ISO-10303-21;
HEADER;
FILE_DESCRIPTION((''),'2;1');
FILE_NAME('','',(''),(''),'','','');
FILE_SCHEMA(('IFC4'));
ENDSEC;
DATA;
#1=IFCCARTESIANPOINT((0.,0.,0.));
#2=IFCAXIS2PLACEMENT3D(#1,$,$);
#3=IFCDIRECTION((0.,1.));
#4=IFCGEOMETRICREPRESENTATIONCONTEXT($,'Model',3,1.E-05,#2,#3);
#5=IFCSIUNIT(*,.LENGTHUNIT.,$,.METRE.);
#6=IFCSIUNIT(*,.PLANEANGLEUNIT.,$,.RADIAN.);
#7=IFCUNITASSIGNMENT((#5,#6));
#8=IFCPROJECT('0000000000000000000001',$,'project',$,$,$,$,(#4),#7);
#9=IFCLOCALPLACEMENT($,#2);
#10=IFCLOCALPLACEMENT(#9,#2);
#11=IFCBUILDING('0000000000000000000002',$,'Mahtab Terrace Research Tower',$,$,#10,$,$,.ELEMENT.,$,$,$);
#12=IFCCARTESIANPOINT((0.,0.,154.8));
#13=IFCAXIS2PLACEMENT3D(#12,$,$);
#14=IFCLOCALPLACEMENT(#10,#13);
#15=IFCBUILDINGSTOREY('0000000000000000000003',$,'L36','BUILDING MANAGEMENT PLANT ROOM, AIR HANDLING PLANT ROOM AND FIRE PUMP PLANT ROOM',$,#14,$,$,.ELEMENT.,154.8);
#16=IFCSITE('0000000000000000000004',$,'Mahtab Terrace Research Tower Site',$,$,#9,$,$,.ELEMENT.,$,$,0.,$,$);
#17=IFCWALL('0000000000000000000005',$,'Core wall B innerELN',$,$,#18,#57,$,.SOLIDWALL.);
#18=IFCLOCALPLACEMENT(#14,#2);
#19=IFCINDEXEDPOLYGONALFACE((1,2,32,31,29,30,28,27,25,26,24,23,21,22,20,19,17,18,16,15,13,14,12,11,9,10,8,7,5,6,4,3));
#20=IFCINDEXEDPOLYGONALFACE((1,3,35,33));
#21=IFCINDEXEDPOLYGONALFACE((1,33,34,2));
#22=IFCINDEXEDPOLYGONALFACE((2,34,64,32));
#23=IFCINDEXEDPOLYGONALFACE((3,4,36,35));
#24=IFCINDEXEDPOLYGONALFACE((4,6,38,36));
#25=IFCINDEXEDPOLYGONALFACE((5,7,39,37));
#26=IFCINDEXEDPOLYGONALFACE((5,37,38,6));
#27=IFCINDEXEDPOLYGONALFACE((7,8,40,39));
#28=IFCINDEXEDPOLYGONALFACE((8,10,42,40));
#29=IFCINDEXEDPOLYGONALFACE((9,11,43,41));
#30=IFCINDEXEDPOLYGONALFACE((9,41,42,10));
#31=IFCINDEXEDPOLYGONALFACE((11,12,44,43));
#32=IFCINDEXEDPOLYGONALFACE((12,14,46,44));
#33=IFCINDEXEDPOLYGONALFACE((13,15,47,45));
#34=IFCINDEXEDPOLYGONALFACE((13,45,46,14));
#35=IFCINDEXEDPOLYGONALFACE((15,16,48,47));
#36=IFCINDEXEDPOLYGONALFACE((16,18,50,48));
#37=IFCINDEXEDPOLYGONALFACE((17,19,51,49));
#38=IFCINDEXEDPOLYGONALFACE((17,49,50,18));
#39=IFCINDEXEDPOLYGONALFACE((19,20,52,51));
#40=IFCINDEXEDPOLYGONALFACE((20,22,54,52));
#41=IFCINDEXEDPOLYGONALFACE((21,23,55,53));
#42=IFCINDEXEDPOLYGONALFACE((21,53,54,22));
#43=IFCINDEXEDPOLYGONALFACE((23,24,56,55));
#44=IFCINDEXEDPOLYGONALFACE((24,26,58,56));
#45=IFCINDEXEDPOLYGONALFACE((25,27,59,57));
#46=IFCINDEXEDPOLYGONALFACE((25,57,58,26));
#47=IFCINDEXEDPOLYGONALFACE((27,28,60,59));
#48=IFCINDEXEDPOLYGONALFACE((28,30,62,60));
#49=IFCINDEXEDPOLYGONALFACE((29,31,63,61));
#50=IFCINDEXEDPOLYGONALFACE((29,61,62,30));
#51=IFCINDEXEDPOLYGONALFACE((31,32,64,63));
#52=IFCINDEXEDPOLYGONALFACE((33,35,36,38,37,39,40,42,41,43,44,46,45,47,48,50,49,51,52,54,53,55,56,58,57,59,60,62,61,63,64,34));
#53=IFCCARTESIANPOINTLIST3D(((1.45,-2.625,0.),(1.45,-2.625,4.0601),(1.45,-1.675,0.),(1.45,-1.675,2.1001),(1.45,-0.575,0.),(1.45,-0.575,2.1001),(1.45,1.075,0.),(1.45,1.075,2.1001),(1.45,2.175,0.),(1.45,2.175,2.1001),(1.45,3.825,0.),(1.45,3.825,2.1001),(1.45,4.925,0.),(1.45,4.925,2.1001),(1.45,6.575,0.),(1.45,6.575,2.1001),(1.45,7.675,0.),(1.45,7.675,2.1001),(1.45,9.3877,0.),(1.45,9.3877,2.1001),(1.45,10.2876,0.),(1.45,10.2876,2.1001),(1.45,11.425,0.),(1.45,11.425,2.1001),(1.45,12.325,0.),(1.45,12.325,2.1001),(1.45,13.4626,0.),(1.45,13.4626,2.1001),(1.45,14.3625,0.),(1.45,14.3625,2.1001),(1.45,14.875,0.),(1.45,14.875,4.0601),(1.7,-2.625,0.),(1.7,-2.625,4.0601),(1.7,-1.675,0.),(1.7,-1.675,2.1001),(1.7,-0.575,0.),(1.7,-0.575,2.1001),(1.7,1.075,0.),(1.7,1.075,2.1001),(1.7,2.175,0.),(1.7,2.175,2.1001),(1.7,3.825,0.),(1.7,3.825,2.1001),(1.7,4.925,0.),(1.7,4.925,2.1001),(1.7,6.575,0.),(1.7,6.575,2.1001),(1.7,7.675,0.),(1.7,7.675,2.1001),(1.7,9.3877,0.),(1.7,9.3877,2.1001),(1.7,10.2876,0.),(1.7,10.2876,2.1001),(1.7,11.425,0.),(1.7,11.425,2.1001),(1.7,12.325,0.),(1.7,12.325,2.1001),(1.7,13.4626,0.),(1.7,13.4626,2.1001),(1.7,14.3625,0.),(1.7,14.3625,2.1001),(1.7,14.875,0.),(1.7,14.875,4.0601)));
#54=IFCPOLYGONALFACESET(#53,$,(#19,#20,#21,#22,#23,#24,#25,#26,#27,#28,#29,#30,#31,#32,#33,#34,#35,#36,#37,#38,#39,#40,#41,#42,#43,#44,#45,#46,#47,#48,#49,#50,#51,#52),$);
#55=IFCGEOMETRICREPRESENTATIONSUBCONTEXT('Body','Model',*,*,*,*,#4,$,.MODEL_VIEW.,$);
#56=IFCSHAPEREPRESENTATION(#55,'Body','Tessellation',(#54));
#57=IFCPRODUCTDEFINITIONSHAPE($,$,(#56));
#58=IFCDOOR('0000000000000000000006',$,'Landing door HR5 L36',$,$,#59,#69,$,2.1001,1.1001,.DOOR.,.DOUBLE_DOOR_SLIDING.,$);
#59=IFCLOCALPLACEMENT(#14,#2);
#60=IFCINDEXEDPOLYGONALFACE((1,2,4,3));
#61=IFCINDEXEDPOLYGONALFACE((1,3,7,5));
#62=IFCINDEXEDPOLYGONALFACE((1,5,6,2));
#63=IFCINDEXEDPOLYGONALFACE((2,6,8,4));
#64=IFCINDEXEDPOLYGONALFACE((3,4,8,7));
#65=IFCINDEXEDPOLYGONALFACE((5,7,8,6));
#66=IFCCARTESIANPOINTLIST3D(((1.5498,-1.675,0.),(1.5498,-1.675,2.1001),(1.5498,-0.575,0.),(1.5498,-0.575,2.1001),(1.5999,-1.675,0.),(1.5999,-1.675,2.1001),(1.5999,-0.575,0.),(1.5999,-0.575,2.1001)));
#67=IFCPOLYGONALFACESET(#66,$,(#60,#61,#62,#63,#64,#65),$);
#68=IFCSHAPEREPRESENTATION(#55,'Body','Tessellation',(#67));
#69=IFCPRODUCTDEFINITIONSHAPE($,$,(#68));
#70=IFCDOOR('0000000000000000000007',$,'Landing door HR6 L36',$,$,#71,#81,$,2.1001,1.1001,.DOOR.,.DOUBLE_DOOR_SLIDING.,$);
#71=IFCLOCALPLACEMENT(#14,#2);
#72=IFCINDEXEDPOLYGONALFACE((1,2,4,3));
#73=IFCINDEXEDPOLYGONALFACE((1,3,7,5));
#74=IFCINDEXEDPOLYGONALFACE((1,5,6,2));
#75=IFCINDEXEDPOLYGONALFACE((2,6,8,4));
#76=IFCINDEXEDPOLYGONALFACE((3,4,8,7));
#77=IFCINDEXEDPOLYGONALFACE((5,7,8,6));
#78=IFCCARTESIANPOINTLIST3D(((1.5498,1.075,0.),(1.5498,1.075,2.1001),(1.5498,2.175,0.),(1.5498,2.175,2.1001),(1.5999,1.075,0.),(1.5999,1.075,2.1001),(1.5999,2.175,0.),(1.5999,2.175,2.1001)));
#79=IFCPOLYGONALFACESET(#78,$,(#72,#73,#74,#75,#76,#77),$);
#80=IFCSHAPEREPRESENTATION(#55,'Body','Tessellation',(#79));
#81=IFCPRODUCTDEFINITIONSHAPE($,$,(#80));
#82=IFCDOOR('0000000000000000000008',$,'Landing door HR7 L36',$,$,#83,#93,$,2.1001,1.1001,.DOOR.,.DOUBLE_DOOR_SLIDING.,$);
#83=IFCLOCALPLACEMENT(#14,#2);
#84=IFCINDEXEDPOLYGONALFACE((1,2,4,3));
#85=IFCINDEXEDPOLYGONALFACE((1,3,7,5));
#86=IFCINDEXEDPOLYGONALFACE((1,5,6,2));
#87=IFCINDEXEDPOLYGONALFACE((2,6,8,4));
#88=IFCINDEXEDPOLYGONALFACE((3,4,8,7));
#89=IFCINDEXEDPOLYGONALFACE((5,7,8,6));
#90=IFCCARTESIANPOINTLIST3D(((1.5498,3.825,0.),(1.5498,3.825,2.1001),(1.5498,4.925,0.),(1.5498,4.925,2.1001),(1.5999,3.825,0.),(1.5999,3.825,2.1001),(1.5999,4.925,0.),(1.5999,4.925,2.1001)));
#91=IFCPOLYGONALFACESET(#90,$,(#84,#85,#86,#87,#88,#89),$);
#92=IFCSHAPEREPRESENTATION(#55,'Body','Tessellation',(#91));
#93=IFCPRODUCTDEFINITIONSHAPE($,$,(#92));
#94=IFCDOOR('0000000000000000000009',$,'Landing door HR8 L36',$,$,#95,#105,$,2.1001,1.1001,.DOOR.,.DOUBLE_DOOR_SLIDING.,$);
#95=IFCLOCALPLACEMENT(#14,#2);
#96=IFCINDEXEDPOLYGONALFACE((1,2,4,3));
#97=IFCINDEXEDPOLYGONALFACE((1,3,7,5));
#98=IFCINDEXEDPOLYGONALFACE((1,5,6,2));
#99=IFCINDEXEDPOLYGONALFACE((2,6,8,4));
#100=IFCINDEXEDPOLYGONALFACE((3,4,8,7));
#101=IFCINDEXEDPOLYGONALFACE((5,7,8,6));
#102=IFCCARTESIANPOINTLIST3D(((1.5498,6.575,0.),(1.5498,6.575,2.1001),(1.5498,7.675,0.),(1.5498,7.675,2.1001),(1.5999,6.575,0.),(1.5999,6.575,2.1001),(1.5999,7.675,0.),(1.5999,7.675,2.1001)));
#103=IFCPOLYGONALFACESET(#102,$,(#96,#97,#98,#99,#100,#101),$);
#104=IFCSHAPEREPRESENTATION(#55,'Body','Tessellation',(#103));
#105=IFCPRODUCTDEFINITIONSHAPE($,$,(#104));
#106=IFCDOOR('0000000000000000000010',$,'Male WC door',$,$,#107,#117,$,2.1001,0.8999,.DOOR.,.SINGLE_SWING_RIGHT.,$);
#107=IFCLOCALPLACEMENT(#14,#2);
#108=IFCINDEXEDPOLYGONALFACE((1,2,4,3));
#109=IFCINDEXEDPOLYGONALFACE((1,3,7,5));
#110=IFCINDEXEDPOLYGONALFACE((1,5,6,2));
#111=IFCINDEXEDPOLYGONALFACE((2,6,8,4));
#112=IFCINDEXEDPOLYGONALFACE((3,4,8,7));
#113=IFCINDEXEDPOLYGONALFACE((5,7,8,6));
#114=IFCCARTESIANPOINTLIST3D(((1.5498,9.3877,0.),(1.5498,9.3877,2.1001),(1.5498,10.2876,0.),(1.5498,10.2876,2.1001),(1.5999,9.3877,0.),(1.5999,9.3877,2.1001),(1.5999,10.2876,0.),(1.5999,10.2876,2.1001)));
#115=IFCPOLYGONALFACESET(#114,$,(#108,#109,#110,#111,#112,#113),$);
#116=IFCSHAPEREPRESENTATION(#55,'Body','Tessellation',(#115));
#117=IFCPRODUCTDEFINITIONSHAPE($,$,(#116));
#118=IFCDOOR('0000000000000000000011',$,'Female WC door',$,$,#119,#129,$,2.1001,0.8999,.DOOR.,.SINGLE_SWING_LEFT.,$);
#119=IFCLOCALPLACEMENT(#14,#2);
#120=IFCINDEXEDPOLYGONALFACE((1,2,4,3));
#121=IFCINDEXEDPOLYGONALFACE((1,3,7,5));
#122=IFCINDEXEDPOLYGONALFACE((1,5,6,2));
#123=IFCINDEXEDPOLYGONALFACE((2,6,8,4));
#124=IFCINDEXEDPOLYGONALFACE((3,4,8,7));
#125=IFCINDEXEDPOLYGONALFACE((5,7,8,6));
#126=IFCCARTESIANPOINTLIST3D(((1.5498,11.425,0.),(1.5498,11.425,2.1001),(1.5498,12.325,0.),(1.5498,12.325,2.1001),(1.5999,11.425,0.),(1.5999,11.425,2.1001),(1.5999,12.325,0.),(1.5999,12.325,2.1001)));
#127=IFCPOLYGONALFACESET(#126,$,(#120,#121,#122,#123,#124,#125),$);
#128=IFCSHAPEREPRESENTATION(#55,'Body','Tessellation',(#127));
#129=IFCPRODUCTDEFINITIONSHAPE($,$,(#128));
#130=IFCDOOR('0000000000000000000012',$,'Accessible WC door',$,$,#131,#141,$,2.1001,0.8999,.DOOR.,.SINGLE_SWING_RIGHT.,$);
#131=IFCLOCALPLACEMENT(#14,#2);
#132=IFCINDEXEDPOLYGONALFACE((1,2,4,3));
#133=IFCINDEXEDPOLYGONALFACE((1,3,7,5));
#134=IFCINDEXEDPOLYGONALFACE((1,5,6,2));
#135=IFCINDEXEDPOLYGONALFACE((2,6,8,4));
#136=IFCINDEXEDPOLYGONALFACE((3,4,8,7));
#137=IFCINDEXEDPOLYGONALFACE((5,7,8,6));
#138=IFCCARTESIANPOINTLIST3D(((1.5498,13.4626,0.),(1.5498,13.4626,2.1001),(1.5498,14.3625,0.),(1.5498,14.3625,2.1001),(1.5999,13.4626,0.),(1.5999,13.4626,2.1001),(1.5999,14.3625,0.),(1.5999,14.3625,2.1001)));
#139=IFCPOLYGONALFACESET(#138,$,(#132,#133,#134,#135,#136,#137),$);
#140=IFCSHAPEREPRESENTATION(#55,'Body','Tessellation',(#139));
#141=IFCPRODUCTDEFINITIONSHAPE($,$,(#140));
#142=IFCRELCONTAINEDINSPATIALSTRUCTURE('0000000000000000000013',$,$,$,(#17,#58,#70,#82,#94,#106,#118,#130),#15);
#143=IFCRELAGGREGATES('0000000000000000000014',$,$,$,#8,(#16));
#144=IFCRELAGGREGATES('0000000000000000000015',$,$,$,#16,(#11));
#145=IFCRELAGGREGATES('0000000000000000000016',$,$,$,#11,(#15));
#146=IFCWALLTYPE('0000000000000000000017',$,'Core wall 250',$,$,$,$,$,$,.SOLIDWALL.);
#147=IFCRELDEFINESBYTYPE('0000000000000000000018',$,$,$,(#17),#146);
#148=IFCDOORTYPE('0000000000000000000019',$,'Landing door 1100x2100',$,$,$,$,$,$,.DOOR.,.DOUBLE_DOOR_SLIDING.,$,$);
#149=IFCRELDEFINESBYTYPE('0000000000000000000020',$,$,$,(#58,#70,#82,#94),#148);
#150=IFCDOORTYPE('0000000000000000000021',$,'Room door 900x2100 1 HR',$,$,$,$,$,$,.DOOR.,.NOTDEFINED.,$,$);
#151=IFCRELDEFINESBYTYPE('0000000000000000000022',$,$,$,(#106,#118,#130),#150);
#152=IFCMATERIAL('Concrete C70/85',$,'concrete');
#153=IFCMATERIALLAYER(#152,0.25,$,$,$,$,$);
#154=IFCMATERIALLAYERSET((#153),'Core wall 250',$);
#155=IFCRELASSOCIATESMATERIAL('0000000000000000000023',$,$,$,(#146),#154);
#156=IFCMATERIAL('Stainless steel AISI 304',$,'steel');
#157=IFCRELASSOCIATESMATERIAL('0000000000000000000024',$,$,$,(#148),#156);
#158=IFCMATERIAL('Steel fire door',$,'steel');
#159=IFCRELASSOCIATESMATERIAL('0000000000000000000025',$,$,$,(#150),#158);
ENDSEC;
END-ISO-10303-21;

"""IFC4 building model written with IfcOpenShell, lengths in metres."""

from ifc_helpers import new_model, si_unit, direction, frame, frame_2d, origin, place, context, subcontext, project, spatial, rectangle, extrude, material, layer, layer_set, type_object, element, fill, save


model = new_model("IFC4")

# Units and contexts
model_context = context("Model", 3, precision=1e-05, world=origin(), true_north=direction((0.0, 1.0)))
body_context = subcontext(model_context, "Body", "Model", "MODEL_VIEW")
ifc_project = project(units=[si_unit("LENGTHUNIT", "METRE"), si_unit("PLANEANGLEUNIT", "RADIAN")], contexts=[model_context])

# Site, building, storey
site_placement = place(None, origin())
site = spatial("IfcSite", under=ifc_project, at=site_placement, Name="Mahtab Terrace Research Tower Site", CompositionType="ELEMENT", RefElevation=0.0)
building_placement = place(site_placement, origin())
building = spatial("IfcBuilding", under=site, at=building_placement, Name="Mahtab Terrace Research Tower", CompositionType="ELEMENT")
storey_placement = place(building_placement, frame((0.0, 0.0, 154.8)))
storey = spatial("IfcBuildingStorey", under=building, at=storey_placement, Name="L36", Description="BUILDING MANAGEMENT PLANT ROOM, AIR HANDLING PLANT ROOM AND FIRE PUMP PLANT ROOM", CompositionType="ELEMENT", Elevation=154.8)

# Shared definitions
ifc_material_1 = material(Name="Concrete C70/85", Category="concrete")

# Shared definitions
ifc_layer_1 = layer(ifc_material_1, 0.25)
ifc_layer_set_1 = layer_set([ifc_layer_1], Name="Core wall 250")
wall_type_1 = type_object("IfcWallType", Name="Core wall 250", PredefinedType="SOLIDWALL", material=ifc_layer_set_1)

# Shared definitions
ifc_material_2 = material(Name="Steel fire door", Category="steel")

# Wall, openings, doors
wall_1_placement = place(storey_placement, frame((1.575, 14.875, 0.0), z_axis=(0.0, 0.0, 1.0), x_axis=(0.0, -1.0, 0.0)))
wall_1 = element("IfcWall", 1, at=wall_1_placement, inside=storey, type_object=wall_type_1, Name="Core wall B innerELN", PredefinedType="SOLIDWALL", context=body_context, shape_type="SweptSolid", body=[
    extrude(rectangle(XDim=17.5, YDim=0.25, at=frame_2d((8.75, 0.0))), origin(), (0.0, 0.0, 1.0), 4.0601),
])
opening_1_placement = place(wall_1_placement, frame((15.45, 0.0, 0.0)))
opening_1 = element("IfcOpeningElement", 2, at=opening_1_placement, cuts=wall_1, PredefinedType="OPENING", context=body_context, shape_type="SweptSolid", body=[
    extrude(rectangle(XDim=1.1001, YDim=2.1001, at=frame_2d((0.55, 1.05))), frame((0.0, 0.135, 0.0), z_axis=(0.0, -1.0, 0.0), x_axis=(1.0, 0.0, 0.0)), (0.0, 0.0, 1.0), 0.27),
])
opening_2_placement = place(wall_1_placement, frame((12.7, 0.0, 0.0)))
opening_2 = element("IfcOpeningElement", 3, at=opening_2_placement, cuts=wall_1, PredefinedType="OPENING", context=body_context, shape_type="SweptSolid", body=[
    extrude(rectangle(XDim=1.1001, YDim=2.1001, at=frame_2d((0.55, 1.05))), frame((0.0, 0.135, 0.0), z_axis=(0.0, -1.0, 0.0), x_axis=(1.0, 0.0, 0.0)), (0.0, 0.0, 1.0), 0.27),
])
opening_3_placement = place(wall_1_placement, frame((9.95, 0.0, 0.0)))
opening_3 = element("IfcOpeningElement", 4, at=opening_3_placement, cuts=wall_1, PredefinedType="OPENING", context=body_context, shape_type="SweptSolid", body=[
    extrude(rectangle(XDim=1.1001, YDim=2.1001, at=frame_2d((0.55, 1.05))), frame((0.0, 0.135, 0.0), z_axis=(0.0, -1.0, 0.0), x_axis=(1.0, 0.0, 0.0)), (0.0, 0.0, 1.0), 0.27),
])
opening_4_placement = place(wall_1_placement, frame((7.2, 0.0, 0.0)))
opening_4 = element("IfcOpeningElement", 5, at=opening_4_placement, cuts=wall_1, PredefinedType="OPENING", context=body_context, shape_type="SweptSolid", body=[
    extrude(rectangle(XDim=1.1001, YDim=2.1001, at=frame_2d((0.55, 1.05))), frame((0.0, 0.135, 0.0), z_axis=(0.0, -1.0, 0.0), x_axis=(1.0, 0.0, 0.0)), (0.0, 0.0, 1.0), 0.27),
])
opening_5_placement = place(wall_1_placement, frame((4.5874, 0.0, 0.0)))
opening_5 = element("IfcOpeningElement", 6, at=opening_5_placement, cuts=wall_1, PredefinedType="OPENING", context=body_context, shape_type="SweptSolid", body=[
    extrude(rectangle(XDim=0.8999, YDim=2.1001, at=frame_2d((0.45, 1.05))), frame((0.0, 0.135, 0.0), z_axis=(0.0, -1.0, 0.0), x_axis=(1.0, 0.0, 0.0)), (0.0, 0.0, 1.0), 0.27),
])
opening_6_placement = place(wall_1_placement, frame((2.55, 0.0, 0.0)))
opening_6 = element("IfcOpeningElement", 7, at=opening_6_placement, cuts=wall_1, PredefinedType="OPENING", context=body_context, shape_type="SweptSolid", body=[
    extrude(rectangle(XDim=0.8999, YDim=2.1001, at=frame_2d((0.45, 1.05))), frame((0.0, 0.135, 0.0), z_axis=(0.0, -1.0, 0.0), x_axis=(1.0, 0.0, 0.0)), (0.0, 0.0, 1.0), 0.27),
])
opening_7_placement = place(wall_1_placement, frame((0.5125, 0.0, 0.0)))
opening_7 = element("IfcOpeningElement", 8, at=opening_7_placement, cuts=wall_1, PredefinedType="OPENING", context=body_context, shape_type="SweptSolid", body=[
    extrude(rectangle(XDim=0.8999, YDim=2.1001, at=frame_2d((0.45, 1.05))), frame((0.0, 0.135, 0.0), z_axis=(0.0, -1.0, 0.0), x_axis=(1.0, 0.0, 0.0)), (0.0, 0.0, 1.0), 0.27),
])
ifc_material_3 = material(Name="Stainless steel AISI 304", Category="steel")
door_type_1 = type_object("IfcDoorType", Name="Landing door 1100x2100", OperationType="DOUBLE_DOOR_SLIDING", PredefinedType="DOOR", material=ifc_material_3)
door_1_placement = place(opening_1_placement, origin())
door_1 = element("IfcDoor", 9, at=door_1_placement, inside=storey, type_object=door_type_1, Name="Landing door HR5 L36", OperationType="DOUBLE_DOOR_SLIDING", OverallHeight=2.1001, OverallWidth=1.1001, PredefinedType="DOOR", context=body_context, shape_type="SweptSolid", body=[
    extrude(rectangle(XDim=1.1001, YDim=2.1001, at=frame_2d((0.55, 1.05))), frame((0.0, 0.0249, 0.0), z_axis=(0.0, -1.0, 0.0), x_axis=(1.0, 0.0, 0.0)), (0.0, 0.0, 1.0), 0.05),
])
fill(opening_1, door_1)
door_2_placement = place(opening_2_placement, origin())
door_2 = element("IfcDoor", 10, at=door_2_placement, inside=storey, type_object=door_type_1, Name="Landing door HR6 L36", OperationType="DOUBLE_DOOR_SLIDING", OverallHeight=2.1001, OverallWidth=1.1001, PredefinedType="DOOR", context=body_context, shape_type="SweptSolid", body=[
    extrude(rectangle(XDim=1.1001, YDim=2.1001, at=frame_2d((0.55, 1.05))), frame((0.0, 0.0249, 0.0), z_axis=(0.0, -1.0, 0.0), x_axis=(1.0, 0.0, 0.0)), (0.0, 0.0, 1.0), 0.05),
])
fill(opening_2, door_2)
door_3_placement = place(opening_3_placement, origin())
door_3 = element("IfcDoor", 11, at=door_3_placement, inside=storey, type_object=door_type_1, Name="Landing door HR7 L36", OperationType="DOUBLE_DOOR_SLIDING", OverallHeight=2.1001, OverallWidth=1.1001, PredefinedType="DOOR", context=body_context, shape_type="SweptSolid", body=[
    extrude(rectangle(XDim=1.1001, YDim=2.1001, at=frame_2d((0.55, 1.05))), frame((0.0, 0.0249, 0.0), z_axis=(0.0, -1.0, 0.0), x_axis=(1.0, 0.0, 0.0)), (0.0, 0.0, 1.0), 0.05),
])
fill(opening_3, door_3)
door_4_placement = place(opening_4_placement, origin())
door_4 = element("IfcDoor", 12, at=door_4_placement, inside=storey, type_object=door_type_1, Name="Landing door HR8 L36", OperationType="DOUBLE_DOOR_SLIDING", OverallHeight=2.1001, OverallWidth=1.1001, PredefinedType="DOOR", context=body_context, shape_type="SweptSolid", body=[
    extrude(rectangle(XDim=1.1001, YDim=2.1001, at=frame_2d((0.55, 1.05))), frame((0.0, 0.0249, 0.0), z_axis=(0.0, -1.0, 0.0), x_axis=(1.0, 0.0, 0.0)), (0.0, 0.0, 1.0), 0.05),
])
fill(opening_4, door_4)
door_type_2 = type_object("IfcDoorType", Name="Room door 900x2100 1 HR", OperationType="NOTDEFINED", PredefinedType="DOOR", material=ifc_material_2)
door_5_placement = place(opening_5_placement, origin())
door_5 = element("IfcDoor", 13, at=door_5_placement, inside=storey, type_object=door_type_2, Name="Male WC door", OperationType="SINGLE_SWING_RIGHT", OverallHeight=2.1001, OverallWidth=0.8999, PredefinedType="DOOR", context=body_context, shape_type="SweptSolid", body=[
    extrude(rectangle(XDim=0.8999, YDim=2.1001, at=frame_2d((0.45, 1.05))), frame((0.0, 0.0249, 0.0), z_axis=(0.0, -1.0, 0.0), x_axis=(1.0, 0.0, 0.0)), (0.0, 0.0, 1.0), 0.05),
])
fill(opening_5, door_5)
door_6_placement = place(opening_6_placement, origin())
door_6 = element("IfcDoor", 14, at=door_6_placement, inside=storey, type_object=door_type_2, Name="Female WC door", OperationType="SINGLE_SWING_LEFT", OverallHeight=2.1001, OverallWidth=0.8999, PredefinedType="DOOR", context=body_context, shape_type="SweptSolid", body=[
    extrude(rectangle(XDim=0.8999, YDim=2.1001, at=frame_2d((0.45, 1.05))), frame((0.0, 0.0249, 0.0), z_axis=(0.0, -1.0, 0.0), x_axis=(1.0, 0.0, 0.0)), (0.0, 0.0, 1.0), 0.05),
])
fill(opening_6, door_6)
door_7_placement = place(opening_7_placement, origin())
door_7 = element("IfcDoor", 15, at=door_7_placement, inside=storey, type_object=door_type_2, Name="Accessible WC door", OperationType="SINGLE_SWING_RIGHT", OverallHeight=2.1001, OverallWidth=0.8999, PredefinedType="DOOR", context=body_context, shape_type="SweptSolid", body=[
    extrude(rectangle(XDim=0.8999, YDim=2.1001, at=frame_2d((0.45, 1.05))), frame((0.0, 0.0249, 0.0), z_axis=(0.0, -1.0, 0.0), x_axis=(1.0, 0.0, 0.0)), (0.0, 0.0, 1.0), 0.05),
])
fill(opening_7, door_7)

save(model, "model.ifc")
